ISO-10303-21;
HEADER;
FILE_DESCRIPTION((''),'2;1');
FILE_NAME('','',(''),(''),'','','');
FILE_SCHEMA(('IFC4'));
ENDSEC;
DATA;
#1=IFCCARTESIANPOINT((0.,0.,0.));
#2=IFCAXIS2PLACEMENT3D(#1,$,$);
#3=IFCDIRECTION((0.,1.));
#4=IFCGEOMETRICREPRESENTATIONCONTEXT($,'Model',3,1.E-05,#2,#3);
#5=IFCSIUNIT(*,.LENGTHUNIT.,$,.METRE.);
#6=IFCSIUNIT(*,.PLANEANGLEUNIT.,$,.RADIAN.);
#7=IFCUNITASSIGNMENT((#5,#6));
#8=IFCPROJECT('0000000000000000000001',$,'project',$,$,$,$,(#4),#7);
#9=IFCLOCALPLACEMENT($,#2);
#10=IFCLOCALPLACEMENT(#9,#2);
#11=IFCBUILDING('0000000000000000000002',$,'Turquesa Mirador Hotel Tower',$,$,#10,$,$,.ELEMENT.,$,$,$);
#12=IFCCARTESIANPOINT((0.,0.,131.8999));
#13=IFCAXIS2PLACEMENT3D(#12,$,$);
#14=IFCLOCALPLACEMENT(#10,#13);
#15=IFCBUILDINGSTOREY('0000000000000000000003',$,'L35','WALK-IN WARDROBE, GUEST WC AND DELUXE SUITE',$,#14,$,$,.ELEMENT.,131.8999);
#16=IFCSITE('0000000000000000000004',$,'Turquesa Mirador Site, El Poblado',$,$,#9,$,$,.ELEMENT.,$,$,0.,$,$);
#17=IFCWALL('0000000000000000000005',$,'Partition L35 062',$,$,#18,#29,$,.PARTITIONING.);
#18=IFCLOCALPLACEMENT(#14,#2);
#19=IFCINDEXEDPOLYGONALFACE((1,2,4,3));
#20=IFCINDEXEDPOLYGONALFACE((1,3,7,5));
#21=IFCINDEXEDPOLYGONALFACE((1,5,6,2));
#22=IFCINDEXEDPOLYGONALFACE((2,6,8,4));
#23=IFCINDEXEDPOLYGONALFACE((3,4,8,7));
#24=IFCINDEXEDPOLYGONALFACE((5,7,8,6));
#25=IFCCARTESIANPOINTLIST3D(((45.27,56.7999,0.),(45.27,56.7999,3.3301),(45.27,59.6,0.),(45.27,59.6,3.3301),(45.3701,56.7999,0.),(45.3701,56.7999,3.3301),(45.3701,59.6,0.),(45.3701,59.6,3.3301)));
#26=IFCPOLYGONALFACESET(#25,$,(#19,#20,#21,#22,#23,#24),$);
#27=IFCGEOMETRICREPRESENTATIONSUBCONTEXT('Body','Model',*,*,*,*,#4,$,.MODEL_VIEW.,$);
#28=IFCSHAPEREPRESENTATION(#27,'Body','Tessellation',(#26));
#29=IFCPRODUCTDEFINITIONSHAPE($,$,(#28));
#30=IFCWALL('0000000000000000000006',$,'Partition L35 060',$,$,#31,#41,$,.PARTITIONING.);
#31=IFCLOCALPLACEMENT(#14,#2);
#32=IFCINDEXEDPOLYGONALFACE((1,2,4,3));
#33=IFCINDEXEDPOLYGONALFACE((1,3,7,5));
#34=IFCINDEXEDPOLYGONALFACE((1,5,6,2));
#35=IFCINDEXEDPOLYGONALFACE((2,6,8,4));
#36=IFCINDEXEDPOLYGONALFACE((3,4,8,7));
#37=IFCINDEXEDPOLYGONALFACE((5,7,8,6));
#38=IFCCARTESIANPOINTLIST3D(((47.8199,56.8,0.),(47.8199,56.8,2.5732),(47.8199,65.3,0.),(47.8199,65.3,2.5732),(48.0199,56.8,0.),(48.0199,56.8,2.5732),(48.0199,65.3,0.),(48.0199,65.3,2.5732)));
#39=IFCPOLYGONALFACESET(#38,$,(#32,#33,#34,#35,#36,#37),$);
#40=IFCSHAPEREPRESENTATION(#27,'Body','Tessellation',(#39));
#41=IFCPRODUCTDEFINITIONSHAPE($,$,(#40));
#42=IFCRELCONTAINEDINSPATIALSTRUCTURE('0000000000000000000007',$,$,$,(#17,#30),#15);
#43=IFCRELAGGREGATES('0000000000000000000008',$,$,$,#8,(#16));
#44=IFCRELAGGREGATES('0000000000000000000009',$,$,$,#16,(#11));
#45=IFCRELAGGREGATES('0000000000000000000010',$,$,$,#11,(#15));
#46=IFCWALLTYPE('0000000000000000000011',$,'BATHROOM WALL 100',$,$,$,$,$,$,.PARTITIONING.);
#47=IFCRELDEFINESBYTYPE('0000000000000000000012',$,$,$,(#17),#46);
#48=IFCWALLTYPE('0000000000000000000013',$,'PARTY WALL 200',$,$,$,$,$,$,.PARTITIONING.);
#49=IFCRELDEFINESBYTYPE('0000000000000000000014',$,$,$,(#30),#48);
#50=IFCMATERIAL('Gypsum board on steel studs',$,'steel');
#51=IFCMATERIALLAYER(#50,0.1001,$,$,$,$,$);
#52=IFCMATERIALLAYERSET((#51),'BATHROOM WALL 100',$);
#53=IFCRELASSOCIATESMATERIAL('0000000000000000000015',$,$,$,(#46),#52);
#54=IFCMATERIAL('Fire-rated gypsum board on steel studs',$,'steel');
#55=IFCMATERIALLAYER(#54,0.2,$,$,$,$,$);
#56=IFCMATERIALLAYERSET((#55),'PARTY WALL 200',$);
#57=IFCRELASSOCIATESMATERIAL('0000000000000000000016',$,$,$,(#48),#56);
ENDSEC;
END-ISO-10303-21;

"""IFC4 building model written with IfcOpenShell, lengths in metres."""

from ifc_helpers import new_model, si_unit, direction, frame, frame_2d, origin, place, context, subcontext, project, spatial, rectangle, extrude, material, layer, layer_set, type_object, element, save


model = new_model("IFC4")

# Units and contexts
model_context = context("Model", 3, precision=1e-05, world=origin(), true_north=direction((0.0, 1.0)))
body_context = subcontext(model_context, "Body", "Model", "MODEL_VIEW")
ifc_project = project(units=[si_unit("LENGTHUNIT", "METRE"), si_unit("PLANEANGLEUNIT", "RADIAN")], contexts=[model_context])

# Site, building, storey
site_placement = place(None, origin())
site = spatial("IfcSite", under=ifc_project, at=site_placement, Name="Turquesa Mirador Site, El Poblado", CompositionType="ELEMENT", RefElevation=0.0)
building_placement = place(site_placement, origin())
building = spatial("IfcBuilding", under=site, at=building_placement, Name="Turquesa Mirador Hotel Tower", CompositionType="ELEMENT")
storey_placement = place(building_placement, frame((0.0, 0.0, 131.8999)))
storey = spatial("IfcBuildingStorey", under=building, at=storey_placement, Name="L35", Description="WALK-IN WARDROBE, GUEST WC AND DELUXE SUITE", CompositionType="ELEMENT", Elevation=131.8999)

# Shared definitions
ifc_material_1 = material(Name="Gypsum board on steel studs", Category="steel")
ifc_layer_1 = layer(ifc_material_1, 0.1001)
ifc_layer_set_1 = layer_set([ifc_layer_1], Name="BATHROOM WALL 100")
wall_type_1 = type_object("IfcWallType", Name="BATHROOM WALL 100", PredefinedType="PARTITIONING", material=ifc_layer_set_1)

# Walls
for number, where, z_axis, x_axis, name in (
    (1, (45.3201, 56.8, 0.0), (0.0, 0.0, 1.0), (0.0, 1.0, 0.0), "Partition L35 062"),
):
    element("IfcWall", number, at=place(storey_placement, frame(where, z_axis=z_axis, x_axis=x_axis)), inside=storey, type_object=wall_type_1, Name=name, PredefinedType="PARTITIONING", context=body_context, shape_type="SweptSolid", body=[
        extrude(rectangle(XDim=2.8, YDim=0.1001, at=frame_2d((1.3999, 0.0))), origin(), (0.0, 0.0, 1.0), 3.3301),
    ])
ifc_material_2 = material(Name="Fire-rated gypsum board on steel studs", Category="steel")
ifc_layer_2 = layer(ifc_material_2, 0.2)
ifc_layer_set_2 = layer_set([ifc_layer_2], Name="PARTY WALL 200")
wall_type_2 = type_object("IfcWallType", Name="PARTY WALL 200", PredefinedType="PARTITIONING", material=ifc_layer_set_2)
wall_1_placement = place(storey_placement, frame((47.9199, 56.8, 0.0), z_axis=(0.0, 0.0, 1.0), x_axis=(0.0, 1.0, 0.0)))
element("IfcWall", 2, at=wall_1_placement, inside=storey, type_object=wall_type_2, Name="Partition L35 060", PredefinedType="PARTITIONING", context=body_context, shape_type="SweptSolid", body=[
    extrude(rectangle(XDim=8.5, YDim=0.2, at=frame_2d((4.25, 0.0))), origin(), (0.0, 0.0, 1.0), 2.5732),
])

save(model, "model.ifc")
